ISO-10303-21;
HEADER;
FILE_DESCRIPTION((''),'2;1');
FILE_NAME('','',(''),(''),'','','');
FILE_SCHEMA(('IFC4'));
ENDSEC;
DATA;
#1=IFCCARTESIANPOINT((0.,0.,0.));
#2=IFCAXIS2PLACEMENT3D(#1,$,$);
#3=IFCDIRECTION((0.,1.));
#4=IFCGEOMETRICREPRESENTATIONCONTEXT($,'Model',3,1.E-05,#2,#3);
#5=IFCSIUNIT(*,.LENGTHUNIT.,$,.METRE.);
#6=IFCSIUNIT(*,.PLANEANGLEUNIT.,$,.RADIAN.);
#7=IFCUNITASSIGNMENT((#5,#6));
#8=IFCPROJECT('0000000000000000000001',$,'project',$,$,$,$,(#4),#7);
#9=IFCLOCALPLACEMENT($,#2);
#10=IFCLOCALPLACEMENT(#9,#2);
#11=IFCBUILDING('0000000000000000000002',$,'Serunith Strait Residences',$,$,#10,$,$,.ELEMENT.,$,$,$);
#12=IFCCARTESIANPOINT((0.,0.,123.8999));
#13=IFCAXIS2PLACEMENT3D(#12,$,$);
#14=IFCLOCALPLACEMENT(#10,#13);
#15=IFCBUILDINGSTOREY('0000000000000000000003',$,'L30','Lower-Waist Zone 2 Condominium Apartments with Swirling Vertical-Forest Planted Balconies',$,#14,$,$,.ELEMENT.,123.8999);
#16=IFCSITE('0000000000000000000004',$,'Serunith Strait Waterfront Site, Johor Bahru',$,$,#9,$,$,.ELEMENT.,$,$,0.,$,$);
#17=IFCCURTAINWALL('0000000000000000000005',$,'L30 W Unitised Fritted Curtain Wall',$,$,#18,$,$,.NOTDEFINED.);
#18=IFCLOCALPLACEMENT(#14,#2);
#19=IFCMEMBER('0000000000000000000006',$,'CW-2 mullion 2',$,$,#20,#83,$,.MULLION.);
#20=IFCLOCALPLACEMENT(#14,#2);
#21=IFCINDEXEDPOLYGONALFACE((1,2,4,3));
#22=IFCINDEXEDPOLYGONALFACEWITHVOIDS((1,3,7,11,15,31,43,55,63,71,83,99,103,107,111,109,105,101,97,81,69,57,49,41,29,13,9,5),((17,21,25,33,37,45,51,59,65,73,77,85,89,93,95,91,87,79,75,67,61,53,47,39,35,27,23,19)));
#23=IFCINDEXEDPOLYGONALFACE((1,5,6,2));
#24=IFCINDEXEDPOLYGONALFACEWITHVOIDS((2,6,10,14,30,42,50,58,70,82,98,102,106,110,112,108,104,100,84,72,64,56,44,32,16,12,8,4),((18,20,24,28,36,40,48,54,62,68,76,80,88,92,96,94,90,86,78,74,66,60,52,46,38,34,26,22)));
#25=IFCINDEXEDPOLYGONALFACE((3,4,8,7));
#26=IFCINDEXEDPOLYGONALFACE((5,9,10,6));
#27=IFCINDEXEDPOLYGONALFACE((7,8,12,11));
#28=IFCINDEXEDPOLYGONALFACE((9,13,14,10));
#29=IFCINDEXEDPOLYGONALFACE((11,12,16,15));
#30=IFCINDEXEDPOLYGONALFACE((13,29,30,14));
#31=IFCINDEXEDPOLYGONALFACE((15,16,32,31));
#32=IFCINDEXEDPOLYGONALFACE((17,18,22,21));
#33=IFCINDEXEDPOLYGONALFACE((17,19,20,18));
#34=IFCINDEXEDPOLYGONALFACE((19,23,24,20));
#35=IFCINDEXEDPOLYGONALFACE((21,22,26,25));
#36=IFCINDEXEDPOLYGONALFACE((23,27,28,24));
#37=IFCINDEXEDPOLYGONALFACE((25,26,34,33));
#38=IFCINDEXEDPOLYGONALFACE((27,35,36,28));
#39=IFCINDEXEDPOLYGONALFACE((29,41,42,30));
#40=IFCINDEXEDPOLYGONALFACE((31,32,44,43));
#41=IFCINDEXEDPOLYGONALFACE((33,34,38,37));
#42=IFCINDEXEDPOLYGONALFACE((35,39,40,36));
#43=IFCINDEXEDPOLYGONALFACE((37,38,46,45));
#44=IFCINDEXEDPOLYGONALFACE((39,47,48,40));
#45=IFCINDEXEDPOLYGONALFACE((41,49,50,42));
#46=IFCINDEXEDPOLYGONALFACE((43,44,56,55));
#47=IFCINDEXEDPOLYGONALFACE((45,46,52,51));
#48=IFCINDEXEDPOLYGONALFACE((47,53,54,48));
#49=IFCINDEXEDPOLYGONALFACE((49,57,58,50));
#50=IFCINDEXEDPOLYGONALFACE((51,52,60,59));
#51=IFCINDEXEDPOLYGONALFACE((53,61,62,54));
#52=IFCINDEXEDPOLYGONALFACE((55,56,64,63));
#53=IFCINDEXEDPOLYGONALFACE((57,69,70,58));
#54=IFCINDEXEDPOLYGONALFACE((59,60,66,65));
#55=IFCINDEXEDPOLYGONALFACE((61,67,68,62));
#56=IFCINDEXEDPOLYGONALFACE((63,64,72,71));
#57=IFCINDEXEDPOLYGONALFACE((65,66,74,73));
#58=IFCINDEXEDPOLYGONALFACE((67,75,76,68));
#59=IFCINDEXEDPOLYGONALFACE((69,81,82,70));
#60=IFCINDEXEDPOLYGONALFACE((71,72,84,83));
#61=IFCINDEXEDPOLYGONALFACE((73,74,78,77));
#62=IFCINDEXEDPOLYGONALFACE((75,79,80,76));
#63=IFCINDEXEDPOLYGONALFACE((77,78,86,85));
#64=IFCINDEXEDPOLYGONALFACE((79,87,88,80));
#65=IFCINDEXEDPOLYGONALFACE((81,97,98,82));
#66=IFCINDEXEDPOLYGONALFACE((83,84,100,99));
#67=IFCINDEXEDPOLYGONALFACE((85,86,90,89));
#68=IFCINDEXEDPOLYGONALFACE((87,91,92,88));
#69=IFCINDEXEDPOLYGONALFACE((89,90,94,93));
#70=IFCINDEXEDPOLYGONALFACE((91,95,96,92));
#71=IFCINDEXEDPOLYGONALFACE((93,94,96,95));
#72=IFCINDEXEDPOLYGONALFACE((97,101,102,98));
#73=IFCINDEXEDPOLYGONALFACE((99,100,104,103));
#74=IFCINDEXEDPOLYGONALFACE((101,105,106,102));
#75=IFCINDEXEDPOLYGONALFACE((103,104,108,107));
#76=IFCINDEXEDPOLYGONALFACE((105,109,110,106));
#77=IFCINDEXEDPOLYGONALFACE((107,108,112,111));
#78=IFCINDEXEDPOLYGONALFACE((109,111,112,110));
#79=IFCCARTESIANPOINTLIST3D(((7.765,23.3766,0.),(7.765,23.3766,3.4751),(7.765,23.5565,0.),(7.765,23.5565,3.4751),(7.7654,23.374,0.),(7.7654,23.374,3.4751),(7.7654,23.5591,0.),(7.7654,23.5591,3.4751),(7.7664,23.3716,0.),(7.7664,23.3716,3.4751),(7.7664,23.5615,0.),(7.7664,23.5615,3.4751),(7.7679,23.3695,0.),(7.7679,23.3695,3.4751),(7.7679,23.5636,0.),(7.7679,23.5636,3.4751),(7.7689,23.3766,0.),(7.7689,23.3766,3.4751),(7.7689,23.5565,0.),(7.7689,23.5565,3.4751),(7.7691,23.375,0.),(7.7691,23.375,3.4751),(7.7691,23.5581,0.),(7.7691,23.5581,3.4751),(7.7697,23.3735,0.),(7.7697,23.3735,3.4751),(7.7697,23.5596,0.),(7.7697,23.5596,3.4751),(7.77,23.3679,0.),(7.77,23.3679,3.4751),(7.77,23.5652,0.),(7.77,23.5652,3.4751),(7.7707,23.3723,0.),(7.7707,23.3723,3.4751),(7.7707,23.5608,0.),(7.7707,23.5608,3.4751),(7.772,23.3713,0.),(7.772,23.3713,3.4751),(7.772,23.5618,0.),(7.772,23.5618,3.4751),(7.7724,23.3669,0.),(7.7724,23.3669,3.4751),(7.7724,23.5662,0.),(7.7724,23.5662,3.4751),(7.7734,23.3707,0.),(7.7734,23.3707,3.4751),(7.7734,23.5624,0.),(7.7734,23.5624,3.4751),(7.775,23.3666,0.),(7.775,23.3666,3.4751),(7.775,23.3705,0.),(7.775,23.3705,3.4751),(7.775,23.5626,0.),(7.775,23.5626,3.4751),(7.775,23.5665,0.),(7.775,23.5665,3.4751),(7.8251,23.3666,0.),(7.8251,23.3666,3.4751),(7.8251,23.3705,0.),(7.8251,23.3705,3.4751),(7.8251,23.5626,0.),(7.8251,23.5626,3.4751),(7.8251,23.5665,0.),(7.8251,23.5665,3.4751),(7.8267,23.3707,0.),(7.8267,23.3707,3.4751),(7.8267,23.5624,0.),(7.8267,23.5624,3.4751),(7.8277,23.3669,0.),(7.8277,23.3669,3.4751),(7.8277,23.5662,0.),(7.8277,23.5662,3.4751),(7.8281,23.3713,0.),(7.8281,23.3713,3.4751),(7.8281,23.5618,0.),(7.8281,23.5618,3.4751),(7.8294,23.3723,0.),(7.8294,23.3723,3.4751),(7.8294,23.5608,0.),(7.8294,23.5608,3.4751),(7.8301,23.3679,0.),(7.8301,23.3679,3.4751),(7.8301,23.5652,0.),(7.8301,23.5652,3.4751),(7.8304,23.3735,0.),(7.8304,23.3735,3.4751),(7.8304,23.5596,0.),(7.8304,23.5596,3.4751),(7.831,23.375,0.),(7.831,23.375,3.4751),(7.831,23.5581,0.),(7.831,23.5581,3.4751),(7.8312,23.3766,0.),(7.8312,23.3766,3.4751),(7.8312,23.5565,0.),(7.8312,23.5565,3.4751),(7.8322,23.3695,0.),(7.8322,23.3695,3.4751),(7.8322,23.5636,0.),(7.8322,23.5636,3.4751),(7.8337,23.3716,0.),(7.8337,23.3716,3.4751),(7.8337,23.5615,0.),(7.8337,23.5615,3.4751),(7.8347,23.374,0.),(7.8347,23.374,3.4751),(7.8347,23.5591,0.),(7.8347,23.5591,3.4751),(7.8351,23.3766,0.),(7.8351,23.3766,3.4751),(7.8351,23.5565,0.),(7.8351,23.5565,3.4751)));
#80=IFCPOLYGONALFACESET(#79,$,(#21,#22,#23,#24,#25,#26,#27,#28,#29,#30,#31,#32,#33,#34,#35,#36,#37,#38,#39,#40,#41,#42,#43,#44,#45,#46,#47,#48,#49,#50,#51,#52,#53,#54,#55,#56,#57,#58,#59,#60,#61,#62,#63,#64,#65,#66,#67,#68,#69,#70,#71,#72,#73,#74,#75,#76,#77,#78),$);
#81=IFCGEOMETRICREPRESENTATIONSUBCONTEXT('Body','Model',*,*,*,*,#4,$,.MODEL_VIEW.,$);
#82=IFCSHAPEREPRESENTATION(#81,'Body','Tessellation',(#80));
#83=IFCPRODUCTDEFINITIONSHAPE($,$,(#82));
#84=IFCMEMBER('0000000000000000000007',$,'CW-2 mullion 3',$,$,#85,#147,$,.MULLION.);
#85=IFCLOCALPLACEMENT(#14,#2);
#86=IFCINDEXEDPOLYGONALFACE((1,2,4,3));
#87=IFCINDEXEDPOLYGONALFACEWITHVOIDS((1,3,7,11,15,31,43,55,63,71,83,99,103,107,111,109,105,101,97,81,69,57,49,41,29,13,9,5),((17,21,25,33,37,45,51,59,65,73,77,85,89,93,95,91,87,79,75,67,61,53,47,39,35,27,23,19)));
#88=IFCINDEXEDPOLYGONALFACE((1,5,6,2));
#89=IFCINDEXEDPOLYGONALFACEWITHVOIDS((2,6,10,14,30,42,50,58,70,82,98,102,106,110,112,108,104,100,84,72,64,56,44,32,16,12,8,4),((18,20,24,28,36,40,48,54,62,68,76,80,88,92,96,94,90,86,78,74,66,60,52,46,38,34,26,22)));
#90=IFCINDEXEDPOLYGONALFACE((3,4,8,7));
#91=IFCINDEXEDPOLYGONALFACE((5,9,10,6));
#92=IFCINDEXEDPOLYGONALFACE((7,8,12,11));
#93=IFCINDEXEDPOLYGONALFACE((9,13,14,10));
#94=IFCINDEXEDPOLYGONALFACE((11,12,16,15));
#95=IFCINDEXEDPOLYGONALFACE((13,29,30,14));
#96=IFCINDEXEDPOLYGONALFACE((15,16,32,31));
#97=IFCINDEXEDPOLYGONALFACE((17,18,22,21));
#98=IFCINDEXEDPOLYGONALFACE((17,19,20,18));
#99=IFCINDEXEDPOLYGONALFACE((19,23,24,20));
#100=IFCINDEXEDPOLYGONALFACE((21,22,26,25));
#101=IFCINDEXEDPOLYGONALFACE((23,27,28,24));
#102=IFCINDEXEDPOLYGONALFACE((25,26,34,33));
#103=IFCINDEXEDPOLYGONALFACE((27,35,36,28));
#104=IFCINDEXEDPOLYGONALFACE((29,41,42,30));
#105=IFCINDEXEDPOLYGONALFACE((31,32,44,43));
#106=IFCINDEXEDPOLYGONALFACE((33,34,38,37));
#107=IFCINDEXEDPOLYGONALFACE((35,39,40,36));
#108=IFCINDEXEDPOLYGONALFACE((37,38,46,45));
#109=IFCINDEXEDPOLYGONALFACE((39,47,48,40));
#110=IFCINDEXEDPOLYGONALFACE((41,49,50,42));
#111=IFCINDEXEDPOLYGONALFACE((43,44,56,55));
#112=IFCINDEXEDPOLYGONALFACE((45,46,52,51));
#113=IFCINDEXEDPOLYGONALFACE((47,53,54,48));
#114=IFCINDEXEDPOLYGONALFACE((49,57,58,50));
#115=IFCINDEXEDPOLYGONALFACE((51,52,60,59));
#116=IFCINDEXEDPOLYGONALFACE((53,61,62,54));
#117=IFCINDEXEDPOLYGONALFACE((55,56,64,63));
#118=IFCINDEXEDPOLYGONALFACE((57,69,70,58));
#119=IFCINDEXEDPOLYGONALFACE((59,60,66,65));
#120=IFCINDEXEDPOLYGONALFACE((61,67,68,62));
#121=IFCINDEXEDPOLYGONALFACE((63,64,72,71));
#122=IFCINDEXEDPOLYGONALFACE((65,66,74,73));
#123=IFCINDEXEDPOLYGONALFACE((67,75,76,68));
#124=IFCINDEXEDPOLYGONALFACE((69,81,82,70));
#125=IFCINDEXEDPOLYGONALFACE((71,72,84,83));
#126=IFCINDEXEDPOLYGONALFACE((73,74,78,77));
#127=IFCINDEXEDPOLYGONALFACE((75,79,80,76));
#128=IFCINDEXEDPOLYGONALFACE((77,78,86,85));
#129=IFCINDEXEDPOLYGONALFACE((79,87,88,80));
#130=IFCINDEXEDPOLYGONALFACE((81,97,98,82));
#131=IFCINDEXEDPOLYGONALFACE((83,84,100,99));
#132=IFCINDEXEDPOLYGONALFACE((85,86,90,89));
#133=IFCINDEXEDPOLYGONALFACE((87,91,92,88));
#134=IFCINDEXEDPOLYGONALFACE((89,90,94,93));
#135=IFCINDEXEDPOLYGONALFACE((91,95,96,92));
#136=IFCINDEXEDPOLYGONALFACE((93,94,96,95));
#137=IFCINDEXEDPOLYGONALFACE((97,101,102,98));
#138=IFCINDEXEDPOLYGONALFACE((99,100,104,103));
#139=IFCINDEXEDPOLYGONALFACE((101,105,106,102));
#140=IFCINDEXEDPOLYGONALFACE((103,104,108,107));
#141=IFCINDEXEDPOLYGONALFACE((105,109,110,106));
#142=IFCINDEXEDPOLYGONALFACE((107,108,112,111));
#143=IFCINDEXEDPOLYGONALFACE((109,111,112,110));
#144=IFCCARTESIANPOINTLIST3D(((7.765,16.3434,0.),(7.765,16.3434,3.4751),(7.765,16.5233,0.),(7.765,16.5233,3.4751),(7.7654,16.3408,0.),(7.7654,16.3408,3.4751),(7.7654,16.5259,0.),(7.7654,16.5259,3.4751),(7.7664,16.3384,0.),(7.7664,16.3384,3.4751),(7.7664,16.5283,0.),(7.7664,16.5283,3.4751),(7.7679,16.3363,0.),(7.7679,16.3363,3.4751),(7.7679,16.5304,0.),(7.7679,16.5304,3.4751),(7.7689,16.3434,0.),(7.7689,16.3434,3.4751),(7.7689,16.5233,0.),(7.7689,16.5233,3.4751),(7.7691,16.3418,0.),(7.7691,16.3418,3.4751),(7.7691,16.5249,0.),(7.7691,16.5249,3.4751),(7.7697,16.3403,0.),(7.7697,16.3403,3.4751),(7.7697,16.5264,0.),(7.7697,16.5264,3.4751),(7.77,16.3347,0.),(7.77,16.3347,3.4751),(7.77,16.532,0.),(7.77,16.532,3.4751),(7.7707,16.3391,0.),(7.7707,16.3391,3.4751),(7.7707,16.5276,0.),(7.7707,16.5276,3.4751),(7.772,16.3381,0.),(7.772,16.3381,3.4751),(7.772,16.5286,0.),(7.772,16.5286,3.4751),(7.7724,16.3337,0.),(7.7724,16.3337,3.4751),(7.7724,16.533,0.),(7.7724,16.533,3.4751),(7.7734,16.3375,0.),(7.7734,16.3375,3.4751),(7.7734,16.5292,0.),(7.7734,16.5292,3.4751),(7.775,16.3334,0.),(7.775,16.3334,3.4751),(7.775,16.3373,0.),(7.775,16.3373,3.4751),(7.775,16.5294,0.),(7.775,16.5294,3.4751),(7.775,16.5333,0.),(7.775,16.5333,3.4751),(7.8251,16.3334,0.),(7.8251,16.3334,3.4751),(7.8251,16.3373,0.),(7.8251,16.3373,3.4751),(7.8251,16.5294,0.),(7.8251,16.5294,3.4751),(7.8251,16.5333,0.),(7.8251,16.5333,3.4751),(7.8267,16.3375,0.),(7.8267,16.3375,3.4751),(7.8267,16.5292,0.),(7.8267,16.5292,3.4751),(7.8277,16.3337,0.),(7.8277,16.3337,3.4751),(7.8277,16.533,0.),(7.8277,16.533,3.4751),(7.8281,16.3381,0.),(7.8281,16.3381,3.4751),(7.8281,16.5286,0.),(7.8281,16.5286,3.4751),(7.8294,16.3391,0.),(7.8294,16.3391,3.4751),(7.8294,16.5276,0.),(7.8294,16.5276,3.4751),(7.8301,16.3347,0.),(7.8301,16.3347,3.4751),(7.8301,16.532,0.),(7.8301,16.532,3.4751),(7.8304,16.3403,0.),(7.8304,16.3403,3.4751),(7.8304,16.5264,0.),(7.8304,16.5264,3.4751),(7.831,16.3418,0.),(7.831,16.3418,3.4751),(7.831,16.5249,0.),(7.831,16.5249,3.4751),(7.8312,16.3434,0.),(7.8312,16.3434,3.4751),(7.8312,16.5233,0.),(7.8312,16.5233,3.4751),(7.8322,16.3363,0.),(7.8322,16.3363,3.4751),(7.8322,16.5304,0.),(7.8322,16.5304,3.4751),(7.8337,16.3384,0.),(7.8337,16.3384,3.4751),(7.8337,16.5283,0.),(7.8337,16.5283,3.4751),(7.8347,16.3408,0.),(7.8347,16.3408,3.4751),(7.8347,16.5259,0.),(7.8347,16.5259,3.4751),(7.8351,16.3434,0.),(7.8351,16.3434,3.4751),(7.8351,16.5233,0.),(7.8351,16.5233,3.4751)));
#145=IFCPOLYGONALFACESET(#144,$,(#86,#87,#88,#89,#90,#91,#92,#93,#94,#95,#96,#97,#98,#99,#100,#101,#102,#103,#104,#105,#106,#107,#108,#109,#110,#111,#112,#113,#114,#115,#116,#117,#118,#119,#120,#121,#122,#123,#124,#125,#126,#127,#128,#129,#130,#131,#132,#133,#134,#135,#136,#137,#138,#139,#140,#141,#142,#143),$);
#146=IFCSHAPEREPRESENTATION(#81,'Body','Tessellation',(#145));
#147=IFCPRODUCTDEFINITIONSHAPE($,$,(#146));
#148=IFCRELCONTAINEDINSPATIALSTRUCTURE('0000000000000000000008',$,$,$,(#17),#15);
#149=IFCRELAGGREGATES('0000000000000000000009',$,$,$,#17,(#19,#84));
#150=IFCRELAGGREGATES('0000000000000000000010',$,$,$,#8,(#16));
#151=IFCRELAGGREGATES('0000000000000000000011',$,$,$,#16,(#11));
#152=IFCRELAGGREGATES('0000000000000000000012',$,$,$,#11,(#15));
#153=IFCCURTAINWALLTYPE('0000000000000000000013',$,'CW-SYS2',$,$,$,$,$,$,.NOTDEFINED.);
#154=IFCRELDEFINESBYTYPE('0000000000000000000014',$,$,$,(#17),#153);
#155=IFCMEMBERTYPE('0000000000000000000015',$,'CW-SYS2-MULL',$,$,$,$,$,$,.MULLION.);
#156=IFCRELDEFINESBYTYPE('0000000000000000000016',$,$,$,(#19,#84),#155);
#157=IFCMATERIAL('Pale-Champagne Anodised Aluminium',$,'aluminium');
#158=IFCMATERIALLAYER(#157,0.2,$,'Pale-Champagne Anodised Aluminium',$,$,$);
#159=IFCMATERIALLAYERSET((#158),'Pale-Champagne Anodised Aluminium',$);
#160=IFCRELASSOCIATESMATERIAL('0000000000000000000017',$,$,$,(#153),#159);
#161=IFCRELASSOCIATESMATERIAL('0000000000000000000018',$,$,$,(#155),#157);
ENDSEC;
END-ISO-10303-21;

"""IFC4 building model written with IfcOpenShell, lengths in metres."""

from ifc_helpers import new_model, si_unit, direction, frame, origin, origin_2d, place, context, subcontext, project, spatial, hollow_rectangle, extrude, source, transform, mapped, material, layer, layer_set, material_profile, profile_set, type_object, element, aggregate, save


model = new_model("IFC4")

# Units and contexts
model_context = context("Model", 3, precision=1e-05, world=origin(), true_north=direction((0.0, 1.0)))
body_context = subcontext(model_context, "Body", "Model", "MODEL_VIEW")
ifc_project = project(units=[si_unit("LENGTHUNIT", "METRE"), si_unit("PLANEANGLEUNIT", "RADIAN")], contexts=[model_context])

# Site, building, storey
site_placement = place(None, origin())
site = spatial("IfcSite", under=ifc_project, at=site_placement, Name="Serunith Strait Waterfront Site, Johor Bahru", CompositionType="ELEMENT", RefElevation=0.0)
building_placement = place(site_placement, origin())
building = spatial("IfcBuilding", under=site, at=building_placement, Name="Serunith Strait Residences", CompositionType="ELEMENT")
storey_placement = place(building_placement, frame((0.0, 0.0, 123.8999)))
storey = spatial("IfcBuildingStorey", under=building, at=storey_placement, Name="L30", Description="Lower-Waist Zone 2 Condominium Apartments with Swirling Vertical-Forest Planted Balconies", CompositionType="ELEMENT", Elevation=123.8999)

# Curtain wall, members
ifc_material_1 = material(Name="Pale-Champagne Anodised Aluminium", Category="aluminium")
ifc_layer_1 = layer(ifc_material_1, 0.2, Name="Pale-Champagne Anodised Aluminium")
ifc_layer_set_1 = layer_set([ifc_layer_1], Name="Pale-Champagne Anodised Aluminium")
curtain_wall_type = type_object("IfcCurtainWallType", Name="CW-SYS2", PredefinedType="NOTDEFINED", material=ifc_layer_set_1)
curtain_wall_placement = place(storey_placement, origin())
curtain_wall = element("IfcCurtainWall", 1, at=curtain_wall_placement, inside=storey, type_object=curtain_wall_type, Name="L30 W Unitised Fritted Curtain Wall", PredefinedType="NOTDEFINED")
ifc_material_profile_1 = material_profile(ifc_material_1, hollow_rectangle(XDim=0.0701, YDim=0.2, WallThickness=0.0039, InnerFilletRadius=0.0061, OuterFilletRadius=0.01, at=origin_2d()), Name="ALU 200x70x4")
ifc_profile_set_1 = profile_set([ifc_material_profile_1], Name="Pale-Champagne Anodised Aluminium")
member_type_1 = type_object("IfcMemberType", Name="CW-SYS2-MULL", PredefinedType="MULLION", material=ifc_profile_set_1)
shared_shape_1 = source(origin(), body_context, "Body", "SweptSolid", [
    extrude(hollow_rectangle(XDim=0.0701, YDim=0.2, WallThickness=0.0039, InnerFilletRadius=0.0061, OuterFilletRadius=0.01, at=origin_2d()), origin(), (0.0, 0.0, 1.0), 3.4751),
])
member_1_placement = place(storey_placement, frame((7.8, 23.4666, 0.0), z_axis=(0.0, 0.0, 1.0), x_axis=(1.0, 0.0, 0.0)))
member_1 = element("IfcMember", 2, at=member_1_placement, type_object=member_type_1, Name="CW-2 mullion 2", PredefinedType="MULLION", context=body_context, shape_type="MappedRepresentation", body=[
    mapped(shared_shape_1, transform((0.0, 0.0, 0.0), scale=1.0)),
])
member_2_placement = place(storey_placement, frame((7.8, 16.4333, 0.0), z_axis=(0.0, 0.0, 1.0), x_axis=(1.0, 0.0, 0.0)))
member_2 = element("IfcMember", 3, at=member_2_placement, type_object=member_type_1, Name="CW-2 mullion 3", PredefinedType="MULLION", context=body_context, shape_type="MappedRepresentation", body=[
    mapped(shared_shape_1, transform((0.0, 0.0, 0.0), scale=1.0)),
])
aggregate(curtain_wall, [member_1, member_2])

save(model, "model.ifc")
